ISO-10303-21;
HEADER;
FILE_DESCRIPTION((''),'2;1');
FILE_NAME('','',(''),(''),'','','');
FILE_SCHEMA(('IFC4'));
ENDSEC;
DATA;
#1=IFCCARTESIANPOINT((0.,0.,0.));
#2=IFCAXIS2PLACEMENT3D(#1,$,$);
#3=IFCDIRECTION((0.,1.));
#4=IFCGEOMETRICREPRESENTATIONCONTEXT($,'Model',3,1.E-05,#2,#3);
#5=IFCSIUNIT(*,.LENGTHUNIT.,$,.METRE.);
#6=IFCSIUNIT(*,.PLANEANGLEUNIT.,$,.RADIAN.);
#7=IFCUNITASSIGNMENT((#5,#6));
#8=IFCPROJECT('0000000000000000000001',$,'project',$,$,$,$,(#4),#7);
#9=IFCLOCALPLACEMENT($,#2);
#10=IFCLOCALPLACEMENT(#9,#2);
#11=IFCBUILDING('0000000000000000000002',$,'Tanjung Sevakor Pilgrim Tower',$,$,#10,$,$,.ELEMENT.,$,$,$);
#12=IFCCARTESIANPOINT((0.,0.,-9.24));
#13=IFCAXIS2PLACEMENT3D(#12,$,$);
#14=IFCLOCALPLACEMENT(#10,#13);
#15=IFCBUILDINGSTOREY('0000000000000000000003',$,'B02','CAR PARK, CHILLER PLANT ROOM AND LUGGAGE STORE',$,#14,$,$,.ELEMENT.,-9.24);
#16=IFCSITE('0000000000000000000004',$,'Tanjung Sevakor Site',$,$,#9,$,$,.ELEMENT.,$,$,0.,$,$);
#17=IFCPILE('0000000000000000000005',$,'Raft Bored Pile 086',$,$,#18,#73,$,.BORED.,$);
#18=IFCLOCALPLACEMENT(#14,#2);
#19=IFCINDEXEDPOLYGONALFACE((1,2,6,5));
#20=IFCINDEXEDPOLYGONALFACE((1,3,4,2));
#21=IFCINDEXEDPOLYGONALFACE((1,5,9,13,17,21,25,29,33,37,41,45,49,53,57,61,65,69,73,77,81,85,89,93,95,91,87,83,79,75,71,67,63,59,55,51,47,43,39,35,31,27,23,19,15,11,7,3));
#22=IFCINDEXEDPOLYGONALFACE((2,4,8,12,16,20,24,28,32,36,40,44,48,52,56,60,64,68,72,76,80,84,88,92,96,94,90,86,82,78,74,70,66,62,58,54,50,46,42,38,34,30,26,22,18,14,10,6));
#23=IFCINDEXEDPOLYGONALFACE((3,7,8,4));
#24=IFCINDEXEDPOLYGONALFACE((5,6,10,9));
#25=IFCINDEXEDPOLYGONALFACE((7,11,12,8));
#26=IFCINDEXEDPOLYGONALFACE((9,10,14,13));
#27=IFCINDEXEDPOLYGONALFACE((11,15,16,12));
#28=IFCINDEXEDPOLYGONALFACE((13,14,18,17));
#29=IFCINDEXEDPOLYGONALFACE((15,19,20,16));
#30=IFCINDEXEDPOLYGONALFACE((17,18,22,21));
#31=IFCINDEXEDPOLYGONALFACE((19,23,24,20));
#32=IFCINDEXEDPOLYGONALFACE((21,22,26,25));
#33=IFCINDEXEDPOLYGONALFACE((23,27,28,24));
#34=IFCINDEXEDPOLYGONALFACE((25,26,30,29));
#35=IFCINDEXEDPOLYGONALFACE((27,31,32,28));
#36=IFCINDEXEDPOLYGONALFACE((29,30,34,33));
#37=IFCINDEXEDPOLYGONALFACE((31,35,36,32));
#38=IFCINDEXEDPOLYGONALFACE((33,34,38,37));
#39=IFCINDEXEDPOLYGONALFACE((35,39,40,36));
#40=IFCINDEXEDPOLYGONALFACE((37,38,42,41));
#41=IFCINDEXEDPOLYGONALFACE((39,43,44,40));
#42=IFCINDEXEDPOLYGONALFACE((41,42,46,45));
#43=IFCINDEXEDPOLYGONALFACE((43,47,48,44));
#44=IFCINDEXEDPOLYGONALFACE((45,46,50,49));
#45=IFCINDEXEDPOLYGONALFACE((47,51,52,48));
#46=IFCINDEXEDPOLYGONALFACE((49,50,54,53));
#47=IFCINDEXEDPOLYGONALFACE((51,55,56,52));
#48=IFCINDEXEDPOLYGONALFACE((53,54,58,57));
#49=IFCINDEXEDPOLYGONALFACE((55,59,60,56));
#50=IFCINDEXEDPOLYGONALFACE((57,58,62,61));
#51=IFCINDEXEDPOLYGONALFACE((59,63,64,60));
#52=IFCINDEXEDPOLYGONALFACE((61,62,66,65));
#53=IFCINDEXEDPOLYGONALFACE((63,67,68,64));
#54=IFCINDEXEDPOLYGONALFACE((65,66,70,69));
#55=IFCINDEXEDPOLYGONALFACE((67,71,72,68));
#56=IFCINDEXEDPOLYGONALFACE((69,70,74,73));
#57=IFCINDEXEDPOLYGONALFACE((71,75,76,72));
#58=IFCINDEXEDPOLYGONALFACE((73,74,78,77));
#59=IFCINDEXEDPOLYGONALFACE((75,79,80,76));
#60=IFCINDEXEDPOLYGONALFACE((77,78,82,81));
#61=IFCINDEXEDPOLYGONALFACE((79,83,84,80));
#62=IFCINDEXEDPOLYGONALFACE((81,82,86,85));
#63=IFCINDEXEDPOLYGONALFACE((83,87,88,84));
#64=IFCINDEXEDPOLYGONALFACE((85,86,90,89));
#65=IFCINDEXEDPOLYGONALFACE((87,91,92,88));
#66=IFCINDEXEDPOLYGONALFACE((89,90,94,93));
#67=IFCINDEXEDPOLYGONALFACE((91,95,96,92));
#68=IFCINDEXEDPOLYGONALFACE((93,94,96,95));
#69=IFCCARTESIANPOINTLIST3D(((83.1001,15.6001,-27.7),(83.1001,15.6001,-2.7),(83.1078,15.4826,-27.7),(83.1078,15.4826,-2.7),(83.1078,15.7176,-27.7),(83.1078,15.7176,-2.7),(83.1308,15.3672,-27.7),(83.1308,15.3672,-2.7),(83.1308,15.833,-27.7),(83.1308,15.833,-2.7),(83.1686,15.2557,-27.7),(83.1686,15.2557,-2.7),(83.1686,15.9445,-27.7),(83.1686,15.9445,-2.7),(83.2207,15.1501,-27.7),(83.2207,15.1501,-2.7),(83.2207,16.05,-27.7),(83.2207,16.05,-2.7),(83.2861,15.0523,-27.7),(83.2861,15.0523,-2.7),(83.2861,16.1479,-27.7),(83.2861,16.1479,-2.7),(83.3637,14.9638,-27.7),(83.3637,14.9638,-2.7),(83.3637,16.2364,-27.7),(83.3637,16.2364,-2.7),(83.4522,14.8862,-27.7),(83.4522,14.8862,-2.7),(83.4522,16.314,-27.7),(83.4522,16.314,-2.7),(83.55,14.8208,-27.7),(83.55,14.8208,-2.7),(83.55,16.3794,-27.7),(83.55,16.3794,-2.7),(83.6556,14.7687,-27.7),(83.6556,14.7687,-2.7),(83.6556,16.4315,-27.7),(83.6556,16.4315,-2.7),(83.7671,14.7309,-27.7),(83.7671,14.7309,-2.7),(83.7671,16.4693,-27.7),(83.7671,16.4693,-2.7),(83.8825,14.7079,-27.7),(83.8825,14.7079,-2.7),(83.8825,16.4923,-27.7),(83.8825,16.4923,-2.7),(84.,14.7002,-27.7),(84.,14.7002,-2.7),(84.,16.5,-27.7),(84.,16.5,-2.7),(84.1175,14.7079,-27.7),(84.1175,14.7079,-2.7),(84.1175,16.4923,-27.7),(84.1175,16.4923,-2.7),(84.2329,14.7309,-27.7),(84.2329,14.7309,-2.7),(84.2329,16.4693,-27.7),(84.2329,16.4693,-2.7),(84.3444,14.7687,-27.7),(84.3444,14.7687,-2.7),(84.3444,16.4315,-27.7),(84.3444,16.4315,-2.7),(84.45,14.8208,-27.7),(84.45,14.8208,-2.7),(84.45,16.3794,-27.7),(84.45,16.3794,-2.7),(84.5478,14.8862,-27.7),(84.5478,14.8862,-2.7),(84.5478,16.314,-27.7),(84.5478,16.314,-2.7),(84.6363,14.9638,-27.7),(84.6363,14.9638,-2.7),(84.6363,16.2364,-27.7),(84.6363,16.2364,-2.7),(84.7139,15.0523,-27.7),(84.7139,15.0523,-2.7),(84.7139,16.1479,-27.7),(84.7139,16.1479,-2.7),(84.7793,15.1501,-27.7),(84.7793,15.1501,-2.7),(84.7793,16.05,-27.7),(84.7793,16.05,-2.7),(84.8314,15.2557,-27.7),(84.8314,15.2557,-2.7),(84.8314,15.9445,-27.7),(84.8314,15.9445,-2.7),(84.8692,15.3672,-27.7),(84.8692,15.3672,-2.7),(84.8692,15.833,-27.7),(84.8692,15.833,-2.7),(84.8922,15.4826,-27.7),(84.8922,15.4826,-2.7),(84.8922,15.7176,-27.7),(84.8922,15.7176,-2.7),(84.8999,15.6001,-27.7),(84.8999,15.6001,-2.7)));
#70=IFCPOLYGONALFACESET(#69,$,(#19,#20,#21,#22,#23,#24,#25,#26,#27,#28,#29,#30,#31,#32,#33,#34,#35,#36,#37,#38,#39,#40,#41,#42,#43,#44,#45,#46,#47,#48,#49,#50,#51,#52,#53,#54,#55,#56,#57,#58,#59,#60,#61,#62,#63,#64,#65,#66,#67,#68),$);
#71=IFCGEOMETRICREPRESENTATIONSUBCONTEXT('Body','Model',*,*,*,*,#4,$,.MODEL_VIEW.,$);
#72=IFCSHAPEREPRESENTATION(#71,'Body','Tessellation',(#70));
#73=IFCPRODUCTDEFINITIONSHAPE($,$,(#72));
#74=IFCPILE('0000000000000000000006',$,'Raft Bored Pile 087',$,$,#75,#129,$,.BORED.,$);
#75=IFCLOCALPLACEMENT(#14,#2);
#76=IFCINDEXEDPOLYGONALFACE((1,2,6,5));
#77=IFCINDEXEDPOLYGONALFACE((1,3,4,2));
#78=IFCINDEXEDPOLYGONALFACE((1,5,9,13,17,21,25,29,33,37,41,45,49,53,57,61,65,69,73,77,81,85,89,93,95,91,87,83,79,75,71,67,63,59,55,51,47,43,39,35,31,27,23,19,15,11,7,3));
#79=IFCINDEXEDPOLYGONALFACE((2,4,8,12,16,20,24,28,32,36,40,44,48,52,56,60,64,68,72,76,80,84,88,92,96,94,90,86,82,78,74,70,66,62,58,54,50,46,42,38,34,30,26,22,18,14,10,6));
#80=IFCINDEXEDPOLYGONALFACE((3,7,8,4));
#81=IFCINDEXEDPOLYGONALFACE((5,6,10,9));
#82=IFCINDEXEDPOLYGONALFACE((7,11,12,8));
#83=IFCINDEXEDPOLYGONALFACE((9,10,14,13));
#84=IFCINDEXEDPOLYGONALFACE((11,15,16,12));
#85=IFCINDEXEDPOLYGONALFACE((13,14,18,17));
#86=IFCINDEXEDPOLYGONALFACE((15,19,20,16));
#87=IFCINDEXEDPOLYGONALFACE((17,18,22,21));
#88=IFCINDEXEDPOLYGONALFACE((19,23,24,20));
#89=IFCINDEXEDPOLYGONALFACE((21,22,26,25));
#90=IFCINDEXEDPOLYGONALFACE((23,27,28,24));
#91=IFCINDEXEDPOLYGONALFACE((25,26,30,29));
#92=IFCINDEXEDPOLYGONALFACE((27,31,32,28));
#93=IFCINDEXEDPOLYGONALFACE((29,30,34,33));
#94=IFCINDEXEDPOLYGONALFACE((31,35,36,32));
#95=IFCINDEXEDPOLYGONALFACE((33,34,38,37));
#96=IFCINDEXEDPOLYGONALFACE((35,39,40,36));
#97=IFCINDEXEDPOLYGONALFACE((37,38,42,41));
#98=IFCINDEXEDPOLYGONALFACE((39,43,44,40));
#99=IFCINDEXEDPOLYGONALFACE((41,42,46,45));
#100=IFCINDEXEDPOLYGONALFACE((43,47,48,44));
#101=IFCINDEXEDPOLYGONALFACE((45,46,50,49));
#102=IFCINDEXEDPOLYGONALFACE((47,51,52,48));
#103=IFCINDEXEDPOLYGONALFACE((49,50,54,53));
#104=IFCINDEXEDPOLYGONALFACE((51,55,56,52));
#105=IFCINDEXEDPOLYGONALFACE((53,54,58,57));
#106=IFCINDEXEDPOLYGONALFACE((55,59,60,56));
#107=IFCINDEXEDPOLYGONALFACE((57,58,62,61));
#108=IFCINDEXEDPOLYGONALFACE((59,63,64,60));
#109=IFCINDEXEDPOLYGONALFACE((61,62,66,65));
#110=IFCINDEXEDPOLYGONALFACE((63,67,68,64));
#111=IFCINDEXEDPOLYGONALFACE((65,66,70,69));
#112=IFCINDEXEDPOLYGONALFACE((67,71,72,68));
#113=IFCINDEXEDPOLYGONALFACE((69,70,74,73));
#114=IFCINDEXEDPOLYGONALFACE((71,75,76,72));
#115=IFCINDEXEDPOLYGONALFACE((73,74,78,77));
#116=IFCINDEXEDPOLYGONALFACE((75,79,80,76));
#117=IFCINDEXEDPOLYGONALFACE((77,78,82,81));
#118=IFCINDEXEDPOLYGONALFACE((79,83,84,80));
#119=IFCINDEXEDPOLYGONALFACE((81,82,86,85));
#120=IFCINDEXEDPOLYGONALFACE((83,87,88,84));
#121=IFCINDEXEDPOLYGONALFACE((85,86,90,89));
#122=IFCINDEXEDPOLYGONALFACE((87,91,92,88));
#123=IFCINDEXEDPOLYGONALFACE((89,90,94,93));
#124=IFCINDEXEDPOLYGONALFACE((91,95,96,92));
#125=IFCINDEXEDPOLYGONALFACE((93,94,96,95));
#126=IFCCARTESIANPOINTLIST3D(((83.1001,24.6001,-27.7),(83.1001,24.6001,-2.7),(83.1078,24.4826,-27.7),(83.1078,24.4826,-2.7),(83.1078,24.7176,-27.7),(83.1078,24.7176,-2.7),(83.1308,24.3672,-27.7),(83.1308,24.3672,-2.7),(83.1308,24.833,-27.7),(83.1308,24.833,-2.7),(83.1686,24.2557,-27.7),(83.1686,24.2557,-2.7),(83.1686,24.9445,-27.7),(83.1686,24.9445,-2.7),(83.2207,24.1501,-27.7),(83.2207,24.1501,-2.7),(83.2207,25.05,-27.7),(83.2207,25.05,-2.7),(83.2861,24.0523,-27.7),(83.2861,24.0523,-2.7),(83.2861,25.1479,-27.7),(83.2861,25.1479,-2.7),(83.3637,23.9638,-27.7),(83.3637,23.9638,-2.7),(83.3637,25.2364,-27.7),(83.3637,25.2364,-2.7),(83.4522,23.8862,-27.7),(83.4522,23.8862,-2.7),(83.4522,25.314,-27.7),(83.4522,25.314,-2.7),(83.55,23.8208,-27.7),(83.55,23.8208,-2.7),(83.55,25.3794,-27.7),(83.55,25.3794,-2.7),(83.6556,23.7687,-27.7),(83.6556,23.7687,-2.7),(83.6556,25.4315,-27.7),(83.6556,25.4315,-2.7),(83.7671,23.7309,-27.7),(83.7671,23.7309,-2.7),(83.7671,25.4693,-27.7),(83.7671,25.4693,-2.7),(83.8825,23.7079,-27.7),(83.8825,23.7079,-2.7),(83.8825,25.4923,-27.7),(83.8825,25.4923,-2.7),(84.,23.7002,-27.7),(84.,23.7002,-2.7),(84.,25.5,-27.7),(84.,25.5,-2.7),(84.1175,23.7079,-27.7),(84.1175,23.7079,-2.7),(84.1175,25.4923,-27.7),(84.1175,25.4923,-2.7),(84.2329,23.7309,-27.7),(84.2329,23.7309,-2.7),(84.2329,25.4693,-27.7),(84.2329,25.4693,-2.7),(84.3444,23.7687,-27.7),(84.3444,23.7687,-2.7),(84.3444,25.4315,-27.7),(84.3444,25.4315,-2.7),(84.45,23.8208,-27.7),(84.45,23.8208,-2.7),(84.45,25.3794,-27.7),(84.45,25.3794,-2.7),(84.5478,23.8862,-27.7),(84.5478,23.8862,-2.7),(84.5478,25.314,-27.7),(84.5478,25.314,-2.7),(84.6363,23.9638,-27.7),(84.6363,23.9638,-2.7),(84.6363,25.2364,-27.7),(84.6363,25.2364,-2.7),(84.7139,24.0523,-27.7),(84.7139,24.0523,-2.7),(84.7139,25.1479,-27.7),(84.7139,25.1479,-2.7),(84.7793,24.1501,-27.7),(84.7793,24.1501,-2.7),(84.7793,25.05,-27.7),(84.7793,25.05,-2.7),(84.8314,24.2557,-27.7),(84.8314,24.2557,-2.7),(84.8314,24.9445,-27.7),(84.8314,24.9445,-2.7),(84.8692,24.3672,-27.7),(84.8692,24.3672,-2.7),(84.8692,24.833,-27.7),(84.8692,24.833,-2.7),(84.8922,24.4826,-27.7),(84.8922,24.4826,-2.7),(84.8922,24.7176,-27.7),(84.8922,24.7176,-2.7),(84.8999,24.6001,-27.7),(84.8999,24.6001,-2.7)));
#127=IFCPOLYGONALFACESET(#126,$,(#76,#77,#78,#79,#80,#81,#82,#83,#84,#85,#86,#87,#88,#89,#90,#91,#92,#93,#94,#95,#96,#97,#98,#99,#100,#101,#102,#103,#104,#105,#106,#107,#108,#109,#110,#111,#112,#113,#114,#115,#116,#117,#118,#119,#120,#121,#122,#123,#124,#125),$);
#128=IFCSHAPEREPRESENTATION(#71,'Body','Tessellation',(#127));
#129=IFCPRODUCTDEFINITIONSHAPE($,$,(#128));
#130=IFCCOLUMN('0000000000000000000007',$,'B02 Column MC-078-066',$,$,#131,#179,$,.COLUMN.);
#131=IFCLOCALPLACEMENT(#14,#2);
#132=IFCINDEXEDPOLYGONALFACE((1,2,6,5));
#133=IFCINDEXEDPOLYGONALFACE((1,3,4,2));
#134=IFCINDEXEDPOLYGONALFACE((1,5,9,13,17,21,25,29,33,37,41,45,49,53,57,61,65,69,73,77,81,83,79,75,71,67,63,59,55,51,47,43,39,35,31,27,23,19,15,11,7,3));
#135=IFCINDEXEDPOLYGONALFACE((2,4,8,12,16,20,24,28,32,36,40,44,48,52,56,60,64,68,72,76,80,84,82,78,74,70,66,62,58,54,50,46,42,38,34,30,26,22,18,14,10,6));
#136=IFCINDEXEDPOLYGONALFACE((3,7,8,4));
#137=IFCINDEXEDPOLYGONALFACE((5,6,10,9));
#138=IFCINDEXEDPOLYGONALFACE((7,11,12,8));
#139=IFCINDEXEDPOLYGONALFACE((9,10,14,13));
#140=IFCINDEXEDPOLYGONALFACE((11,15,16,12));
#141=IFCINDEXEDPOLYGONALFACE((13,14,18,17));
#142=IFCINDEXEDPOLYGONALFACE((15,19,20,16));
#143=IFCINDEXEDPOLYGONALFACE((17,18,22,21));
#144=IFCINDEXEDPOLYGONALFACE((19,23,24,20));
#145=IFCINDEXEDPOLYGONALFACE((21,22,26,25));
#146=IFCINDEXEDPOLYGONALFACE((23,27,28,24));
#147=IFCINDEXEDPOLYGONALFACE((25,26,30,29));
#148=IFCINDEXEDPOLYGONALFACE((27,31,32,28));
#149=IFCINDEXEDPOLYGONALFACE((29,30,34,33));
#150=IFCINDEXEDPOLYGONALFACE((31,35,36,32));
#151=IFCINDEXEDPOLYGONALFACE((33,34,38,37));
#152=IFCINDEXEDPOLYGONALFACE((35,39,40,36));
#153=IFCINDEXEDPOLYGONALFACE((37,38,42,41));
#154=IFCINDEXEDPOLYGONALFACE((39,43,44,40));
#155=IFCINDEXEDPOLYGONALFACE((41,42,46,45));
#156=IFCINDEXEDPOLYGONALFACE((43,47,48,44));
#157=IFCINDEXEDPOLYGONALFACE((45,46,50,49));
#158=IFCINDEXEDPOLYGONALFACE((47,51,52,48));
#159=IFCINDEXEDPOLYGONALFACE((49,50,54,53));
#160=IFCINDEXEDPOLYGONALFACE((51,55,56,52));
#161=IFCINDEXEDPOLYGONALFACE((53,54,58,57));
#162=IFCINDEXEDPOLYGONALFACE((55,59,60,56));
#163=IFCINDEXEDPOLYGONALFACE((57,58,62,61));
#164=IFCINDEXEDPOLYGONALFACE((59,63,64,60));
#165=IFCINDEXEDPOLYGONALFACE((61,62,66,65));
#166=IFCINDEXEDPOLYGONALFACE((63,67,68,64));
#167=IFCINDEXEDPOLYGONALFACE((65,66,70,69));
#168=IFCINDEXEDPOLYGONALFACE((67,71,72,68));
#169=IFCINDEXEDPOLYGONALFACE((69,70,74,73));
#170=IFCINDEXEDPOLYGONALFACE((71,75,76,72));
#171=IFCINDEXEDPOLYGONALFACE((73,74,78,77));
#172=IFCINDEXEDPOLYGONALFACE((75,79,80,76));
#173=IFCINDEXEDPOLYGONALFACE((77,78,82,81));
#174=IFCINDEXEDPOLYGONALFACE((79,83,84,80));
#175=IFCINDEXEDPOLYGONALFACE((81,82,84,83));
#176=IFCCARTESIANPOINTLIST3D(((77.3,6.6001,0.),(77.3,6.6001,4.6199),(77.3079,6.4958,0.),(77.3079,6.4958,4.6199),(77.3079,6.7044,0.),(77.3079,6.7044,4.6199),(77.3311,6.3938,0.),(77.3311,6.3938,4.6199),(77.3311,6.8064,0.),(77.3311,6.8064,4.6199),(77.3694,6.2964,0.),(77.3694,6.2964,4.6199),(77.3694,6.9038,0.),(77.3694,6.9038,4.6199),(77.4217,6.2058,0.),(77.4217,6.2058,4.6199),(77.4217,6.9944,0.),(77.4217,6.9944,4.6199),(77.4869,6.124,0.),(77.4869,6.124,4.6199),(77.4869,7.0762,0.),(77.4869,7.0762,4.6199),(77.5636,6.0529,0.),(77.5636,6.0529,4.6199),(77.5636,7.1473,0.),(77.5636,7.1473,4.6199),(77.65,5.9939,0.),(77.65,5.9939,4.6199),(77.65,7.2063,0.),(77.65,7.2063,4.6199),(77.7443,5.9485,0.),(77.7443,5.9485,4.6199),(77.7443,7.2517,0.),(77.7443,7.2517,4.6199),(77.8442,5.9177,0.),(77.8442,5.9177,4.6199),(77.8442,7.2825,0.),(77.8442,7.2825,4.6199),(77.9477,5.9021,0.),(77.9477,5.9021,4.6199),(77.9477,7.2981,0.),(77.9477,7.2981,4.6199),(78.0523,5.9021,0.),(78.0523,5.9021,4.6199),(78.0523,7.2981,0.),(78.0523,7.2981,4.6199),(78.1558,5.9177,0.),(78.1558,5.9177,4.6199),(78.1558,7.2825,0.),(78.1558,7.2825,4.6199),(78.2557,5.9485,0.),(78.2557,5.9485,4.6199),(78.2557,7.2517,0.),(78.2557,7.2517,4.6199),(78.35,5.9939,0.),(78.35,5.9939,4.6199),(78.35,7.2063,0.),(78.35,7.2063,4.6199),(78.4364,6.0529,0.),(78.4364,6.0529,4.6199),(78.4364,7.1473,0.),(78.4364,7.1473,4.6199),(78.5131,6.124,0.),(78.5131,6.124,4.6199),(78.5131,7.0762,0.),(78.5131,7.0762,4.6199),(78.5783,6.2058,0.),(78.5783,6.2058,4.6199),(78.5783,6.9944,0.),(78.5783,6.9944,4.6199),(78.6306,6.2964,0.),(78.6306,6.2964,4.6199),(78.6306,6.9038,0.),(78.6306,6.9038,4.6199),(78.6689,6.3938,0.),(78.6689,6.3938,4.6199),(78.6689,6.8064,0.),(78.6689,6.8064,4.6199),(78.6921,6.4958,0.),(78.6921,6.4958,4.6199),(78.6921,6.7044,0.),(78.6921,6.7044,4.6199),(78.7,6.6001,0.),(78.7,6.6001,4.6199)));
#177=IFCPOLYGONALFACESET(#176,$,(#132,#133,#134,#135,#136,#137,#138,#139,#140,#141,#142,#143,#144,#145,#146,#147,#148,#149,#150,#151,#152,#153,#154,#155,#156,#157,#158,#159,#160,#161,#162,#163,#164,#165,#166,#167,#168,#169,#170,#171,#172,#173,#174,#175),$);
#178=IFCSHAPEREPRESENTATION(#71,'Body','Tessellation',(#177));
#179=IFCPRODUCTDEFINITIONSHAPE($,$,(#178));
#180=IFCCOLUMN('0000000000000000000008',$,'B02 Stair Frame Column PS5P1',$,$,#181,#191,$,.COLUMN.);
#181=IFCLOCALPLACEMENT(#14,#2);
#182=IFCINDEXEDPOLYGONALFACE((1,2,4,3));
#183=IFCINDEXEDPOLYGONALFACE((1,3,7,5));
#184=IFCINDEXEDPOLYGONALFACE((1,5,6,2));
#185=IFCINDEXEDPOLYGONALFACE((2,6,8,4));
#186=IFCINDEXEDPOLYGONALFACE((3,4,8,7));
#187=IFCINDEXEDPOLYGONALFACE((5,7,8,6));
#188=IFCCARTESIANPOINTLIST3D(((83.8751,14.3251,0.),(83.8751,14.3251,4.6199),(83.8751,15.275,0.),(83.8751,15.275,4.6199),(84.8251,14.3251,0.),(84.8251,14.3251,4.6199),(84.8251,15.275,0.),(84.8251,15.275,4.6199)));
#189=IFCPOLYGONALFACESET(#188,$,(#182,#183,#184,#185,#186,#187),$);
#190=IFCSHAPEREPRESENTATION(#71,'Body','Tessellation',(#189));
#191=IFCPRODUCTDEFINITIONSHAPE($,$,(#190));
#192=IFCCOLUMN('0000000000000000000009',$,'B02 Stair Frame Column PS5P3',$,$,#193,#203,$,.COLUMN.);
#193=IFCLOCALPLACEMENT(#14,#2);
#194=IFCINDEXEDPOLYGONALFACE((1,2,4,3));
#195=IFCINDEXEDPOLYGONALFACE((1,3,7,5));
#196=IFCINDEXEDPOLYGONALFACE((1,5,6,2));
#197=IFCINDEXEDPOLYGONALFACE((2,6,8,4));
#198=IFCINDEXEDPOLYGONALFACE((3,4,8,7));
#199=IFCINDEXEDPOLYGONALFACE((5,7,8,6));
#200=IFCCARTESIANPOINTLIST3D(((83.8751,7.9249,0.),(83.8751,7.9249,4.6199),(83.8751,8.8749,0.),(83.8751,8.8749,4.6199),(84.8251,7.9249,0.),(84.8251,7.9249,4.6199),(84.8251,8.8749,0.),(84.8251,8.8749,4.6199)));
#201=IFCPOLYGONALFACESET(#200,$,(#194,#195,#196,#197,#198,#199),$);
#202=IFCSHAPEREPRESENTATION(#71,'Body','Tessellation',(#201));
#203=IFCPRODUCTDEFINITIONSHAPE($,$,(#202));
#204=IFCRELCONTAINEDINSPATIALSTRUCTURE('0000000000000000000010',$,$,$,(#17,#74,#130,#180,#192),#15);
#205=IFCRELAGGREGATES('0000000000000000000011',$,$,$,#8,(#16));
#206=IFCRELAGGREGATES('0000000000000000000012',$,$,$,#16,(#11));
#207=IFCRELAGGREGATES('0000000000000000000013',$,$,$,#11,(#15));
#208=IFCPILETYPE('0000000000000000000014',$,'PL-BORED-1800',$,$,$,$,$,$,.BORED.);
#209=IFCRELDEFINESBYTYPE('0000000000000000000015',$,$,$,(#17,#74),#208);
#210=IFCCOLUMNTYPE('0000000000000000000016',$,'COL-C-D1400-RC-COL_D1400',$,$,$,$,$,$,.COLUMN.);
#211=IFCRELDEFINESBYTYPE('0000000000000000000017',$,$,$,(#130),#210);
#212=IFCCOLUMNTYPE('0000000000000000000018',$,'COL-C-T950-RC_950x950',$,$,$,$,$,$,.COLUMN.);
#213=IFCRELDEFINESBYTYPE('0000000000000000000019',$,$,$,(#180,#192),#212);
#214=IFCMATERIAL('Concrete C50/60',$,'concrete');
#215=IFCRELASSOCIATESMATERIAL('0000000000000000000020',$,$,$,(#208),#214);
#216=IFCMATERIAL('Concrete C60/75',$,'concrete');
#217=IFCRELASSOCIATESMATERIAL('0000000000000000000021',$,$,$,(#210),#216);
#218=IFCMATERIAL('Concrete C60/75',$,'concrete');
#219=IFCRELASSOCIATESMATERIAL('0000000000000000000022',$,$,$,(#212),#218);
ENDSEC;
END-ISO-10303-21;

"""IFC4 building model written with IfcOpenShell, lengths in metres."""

from ifc_helpers import new_model, si_unit, direction, frame, origin, origin_2d, place, context, subcontext, project, spatial, rectangle, circle, extrude, material, material_profile, profile_set, type_object, element, save


model = new_model("IFC4")

# Units and contexts
model_context = context("Model", 3, precision=1e-05, world=origin(), true_north=direction((0.0, 1.0)))
body_context = subcontext(model_context, "Body", "Model", "MODEL_VIEW")
ifc_project = project(units=[si_unit("LENGTHUNIT", "METRE"), si_unit("PLANEANGLEUNIT", "RADIAN")], contexts=[model_context])

# Site, building, storey
site_placement = place(None, origin())
site = spatial("IfcSite", under=ifc_project, at=site_placement, Name="Tanjung Sevakor Site", CompositionType="ELEMENT", RefElevation=0.0)
building_placement = place(site_placement, origin())
building = spatial("IfcBuilding", under=site, at=building_placement, Name="Tanjung Sevakor Pilgrim Tower", CompositionType="ELEMENT")
storey_placement = place(building_placement, frame((0.0, 0.0, -9.24)))
storey = spatial("IfcBuildingStorey", under=building, at=storey_placement, Name="B02", Description="CAR PARK, CHILLER PLANT ROOM AND LUGGAGE STORE", CompositionType="ELEMENT", Elevation=-9.24)

# Piles
ifc_material_1 = material(Name="Concrete C50/60", Category="concrete")
ifc_material_profile_1 = material_profile(ifc_material_1, circle(Radius=0.8999, at=origin_2d()))
ifc_profile_set_1 = profile_set([ifc_material_profile_1], Name="Concrete C50/60")
pile_type = type_object("IfcPileType", Name="PL-BORED-1800", PredefinedType="BORED", material=ifc_profile_set_1)
for number, where, z_axis, x_axis, name in (
    (1, (84.0, 15.6001, -2.7), (0.0, 0.0, -1.0), (1.0, 0.0, 0.0), "Raft Bored Pile 086"),
    (2, (84.0, 24.6001, -2.7), (0.0, 0.0, -1.0), (1.0, 0.0, 0.0), "Raft Bored Pile 087"),
):
    element("IfcPile", number, at=place(storey_placement, frame(where, z_axis=z_axis, x_axis=x_axis)), inside=storey, type_object=pile_type, Name=name, PredefinedType="BORED", context=body_context, shape_type="SweptSolid", body=[
        extrude(circle(Radius=0.8999, at=origin_2d()), origin(), (0.0, 0.0, 1.0), 25.0),
    ])

# Columns
ifc_material_2 = material(Name="Concrete C60/75", Category="concrete")
ifc_material_profile_2 = material_profile(ifc_material_2, circle(Radius=0.7, at=origin_2d()))
ifc_profile_set_2 = profile_set([ifc_material_profile_2], Name="Concrete C60/75")
column_type_1 = type_object("IfcColumnType", Name="COL-C-D1400-RC-COL_D1400", PredefinedType="COLUMN", material=ifc_profile_set_2)
column_placement = place(storey_placement, frame((78.0, 6.6001, 0.0), z_axis=(0.0, 0.0, 1.0), x_axis=(1.0, 0.0, 0.0)))
element("IfcColumn", 3, at=column_placement, inside=storey, type_object=column_type_1, Name="B02 Column MC-078-066", PredefinedType="COLUMN", context=body_context, shape_type="SweptSolid", body=[
    extrude(circle(Radius=0.7, at=origin_2d()), origin(), (0.0, 0.0, 1.0), 4.6199),
])
ifc_material_3 = material(Name="Concrete C60/75", Category="concrete")
ifc_material_profile_3 = material_profile(ifc_material_3, rectangle(XDim=0.95, YDim=0.95, at=origin_2d()))
ifc_profile_set_3 = profile_set([ifc_material_profile_3], Name="Concrete C60/75")
column_type_2 = type_object("IfcColumnType", Name="COL-C-T950-RC_950x950", PredefinedType="COLUMN", material=ifc_profile_set_3)
for number, where, z_axis, x_axis, name in (
    (4, (84.3501, 14.8, 0.0), (0.0, 0.0, 1.0), (1.0, 0.0, 0.0), "B02 Stair Frame Column PS5P1"),
    (5, (84.3501, 8.3999, 0.0), (0.0, 0.0, 1.0), (1.0, 0.0, 0.0), "B02 Stair Frame Column PS5P3"),
):
    element("IfcColumn", number, at=place(storey_placement, frame(where, z_axis=z_axis, x_axis=x_axis)), inside=storey, type_object=column_type_2, Name=name, PredefinedType="COLUMN", context=body_context, shape_type="SweptSolid", body=[
        extrude(rectangle(XDim=0.95, YDim=0.95, at=origin_2d()), origin(), (0.0, 0.0, 1.0), 4.6199),
    ])

save(model, "model.ifc")
